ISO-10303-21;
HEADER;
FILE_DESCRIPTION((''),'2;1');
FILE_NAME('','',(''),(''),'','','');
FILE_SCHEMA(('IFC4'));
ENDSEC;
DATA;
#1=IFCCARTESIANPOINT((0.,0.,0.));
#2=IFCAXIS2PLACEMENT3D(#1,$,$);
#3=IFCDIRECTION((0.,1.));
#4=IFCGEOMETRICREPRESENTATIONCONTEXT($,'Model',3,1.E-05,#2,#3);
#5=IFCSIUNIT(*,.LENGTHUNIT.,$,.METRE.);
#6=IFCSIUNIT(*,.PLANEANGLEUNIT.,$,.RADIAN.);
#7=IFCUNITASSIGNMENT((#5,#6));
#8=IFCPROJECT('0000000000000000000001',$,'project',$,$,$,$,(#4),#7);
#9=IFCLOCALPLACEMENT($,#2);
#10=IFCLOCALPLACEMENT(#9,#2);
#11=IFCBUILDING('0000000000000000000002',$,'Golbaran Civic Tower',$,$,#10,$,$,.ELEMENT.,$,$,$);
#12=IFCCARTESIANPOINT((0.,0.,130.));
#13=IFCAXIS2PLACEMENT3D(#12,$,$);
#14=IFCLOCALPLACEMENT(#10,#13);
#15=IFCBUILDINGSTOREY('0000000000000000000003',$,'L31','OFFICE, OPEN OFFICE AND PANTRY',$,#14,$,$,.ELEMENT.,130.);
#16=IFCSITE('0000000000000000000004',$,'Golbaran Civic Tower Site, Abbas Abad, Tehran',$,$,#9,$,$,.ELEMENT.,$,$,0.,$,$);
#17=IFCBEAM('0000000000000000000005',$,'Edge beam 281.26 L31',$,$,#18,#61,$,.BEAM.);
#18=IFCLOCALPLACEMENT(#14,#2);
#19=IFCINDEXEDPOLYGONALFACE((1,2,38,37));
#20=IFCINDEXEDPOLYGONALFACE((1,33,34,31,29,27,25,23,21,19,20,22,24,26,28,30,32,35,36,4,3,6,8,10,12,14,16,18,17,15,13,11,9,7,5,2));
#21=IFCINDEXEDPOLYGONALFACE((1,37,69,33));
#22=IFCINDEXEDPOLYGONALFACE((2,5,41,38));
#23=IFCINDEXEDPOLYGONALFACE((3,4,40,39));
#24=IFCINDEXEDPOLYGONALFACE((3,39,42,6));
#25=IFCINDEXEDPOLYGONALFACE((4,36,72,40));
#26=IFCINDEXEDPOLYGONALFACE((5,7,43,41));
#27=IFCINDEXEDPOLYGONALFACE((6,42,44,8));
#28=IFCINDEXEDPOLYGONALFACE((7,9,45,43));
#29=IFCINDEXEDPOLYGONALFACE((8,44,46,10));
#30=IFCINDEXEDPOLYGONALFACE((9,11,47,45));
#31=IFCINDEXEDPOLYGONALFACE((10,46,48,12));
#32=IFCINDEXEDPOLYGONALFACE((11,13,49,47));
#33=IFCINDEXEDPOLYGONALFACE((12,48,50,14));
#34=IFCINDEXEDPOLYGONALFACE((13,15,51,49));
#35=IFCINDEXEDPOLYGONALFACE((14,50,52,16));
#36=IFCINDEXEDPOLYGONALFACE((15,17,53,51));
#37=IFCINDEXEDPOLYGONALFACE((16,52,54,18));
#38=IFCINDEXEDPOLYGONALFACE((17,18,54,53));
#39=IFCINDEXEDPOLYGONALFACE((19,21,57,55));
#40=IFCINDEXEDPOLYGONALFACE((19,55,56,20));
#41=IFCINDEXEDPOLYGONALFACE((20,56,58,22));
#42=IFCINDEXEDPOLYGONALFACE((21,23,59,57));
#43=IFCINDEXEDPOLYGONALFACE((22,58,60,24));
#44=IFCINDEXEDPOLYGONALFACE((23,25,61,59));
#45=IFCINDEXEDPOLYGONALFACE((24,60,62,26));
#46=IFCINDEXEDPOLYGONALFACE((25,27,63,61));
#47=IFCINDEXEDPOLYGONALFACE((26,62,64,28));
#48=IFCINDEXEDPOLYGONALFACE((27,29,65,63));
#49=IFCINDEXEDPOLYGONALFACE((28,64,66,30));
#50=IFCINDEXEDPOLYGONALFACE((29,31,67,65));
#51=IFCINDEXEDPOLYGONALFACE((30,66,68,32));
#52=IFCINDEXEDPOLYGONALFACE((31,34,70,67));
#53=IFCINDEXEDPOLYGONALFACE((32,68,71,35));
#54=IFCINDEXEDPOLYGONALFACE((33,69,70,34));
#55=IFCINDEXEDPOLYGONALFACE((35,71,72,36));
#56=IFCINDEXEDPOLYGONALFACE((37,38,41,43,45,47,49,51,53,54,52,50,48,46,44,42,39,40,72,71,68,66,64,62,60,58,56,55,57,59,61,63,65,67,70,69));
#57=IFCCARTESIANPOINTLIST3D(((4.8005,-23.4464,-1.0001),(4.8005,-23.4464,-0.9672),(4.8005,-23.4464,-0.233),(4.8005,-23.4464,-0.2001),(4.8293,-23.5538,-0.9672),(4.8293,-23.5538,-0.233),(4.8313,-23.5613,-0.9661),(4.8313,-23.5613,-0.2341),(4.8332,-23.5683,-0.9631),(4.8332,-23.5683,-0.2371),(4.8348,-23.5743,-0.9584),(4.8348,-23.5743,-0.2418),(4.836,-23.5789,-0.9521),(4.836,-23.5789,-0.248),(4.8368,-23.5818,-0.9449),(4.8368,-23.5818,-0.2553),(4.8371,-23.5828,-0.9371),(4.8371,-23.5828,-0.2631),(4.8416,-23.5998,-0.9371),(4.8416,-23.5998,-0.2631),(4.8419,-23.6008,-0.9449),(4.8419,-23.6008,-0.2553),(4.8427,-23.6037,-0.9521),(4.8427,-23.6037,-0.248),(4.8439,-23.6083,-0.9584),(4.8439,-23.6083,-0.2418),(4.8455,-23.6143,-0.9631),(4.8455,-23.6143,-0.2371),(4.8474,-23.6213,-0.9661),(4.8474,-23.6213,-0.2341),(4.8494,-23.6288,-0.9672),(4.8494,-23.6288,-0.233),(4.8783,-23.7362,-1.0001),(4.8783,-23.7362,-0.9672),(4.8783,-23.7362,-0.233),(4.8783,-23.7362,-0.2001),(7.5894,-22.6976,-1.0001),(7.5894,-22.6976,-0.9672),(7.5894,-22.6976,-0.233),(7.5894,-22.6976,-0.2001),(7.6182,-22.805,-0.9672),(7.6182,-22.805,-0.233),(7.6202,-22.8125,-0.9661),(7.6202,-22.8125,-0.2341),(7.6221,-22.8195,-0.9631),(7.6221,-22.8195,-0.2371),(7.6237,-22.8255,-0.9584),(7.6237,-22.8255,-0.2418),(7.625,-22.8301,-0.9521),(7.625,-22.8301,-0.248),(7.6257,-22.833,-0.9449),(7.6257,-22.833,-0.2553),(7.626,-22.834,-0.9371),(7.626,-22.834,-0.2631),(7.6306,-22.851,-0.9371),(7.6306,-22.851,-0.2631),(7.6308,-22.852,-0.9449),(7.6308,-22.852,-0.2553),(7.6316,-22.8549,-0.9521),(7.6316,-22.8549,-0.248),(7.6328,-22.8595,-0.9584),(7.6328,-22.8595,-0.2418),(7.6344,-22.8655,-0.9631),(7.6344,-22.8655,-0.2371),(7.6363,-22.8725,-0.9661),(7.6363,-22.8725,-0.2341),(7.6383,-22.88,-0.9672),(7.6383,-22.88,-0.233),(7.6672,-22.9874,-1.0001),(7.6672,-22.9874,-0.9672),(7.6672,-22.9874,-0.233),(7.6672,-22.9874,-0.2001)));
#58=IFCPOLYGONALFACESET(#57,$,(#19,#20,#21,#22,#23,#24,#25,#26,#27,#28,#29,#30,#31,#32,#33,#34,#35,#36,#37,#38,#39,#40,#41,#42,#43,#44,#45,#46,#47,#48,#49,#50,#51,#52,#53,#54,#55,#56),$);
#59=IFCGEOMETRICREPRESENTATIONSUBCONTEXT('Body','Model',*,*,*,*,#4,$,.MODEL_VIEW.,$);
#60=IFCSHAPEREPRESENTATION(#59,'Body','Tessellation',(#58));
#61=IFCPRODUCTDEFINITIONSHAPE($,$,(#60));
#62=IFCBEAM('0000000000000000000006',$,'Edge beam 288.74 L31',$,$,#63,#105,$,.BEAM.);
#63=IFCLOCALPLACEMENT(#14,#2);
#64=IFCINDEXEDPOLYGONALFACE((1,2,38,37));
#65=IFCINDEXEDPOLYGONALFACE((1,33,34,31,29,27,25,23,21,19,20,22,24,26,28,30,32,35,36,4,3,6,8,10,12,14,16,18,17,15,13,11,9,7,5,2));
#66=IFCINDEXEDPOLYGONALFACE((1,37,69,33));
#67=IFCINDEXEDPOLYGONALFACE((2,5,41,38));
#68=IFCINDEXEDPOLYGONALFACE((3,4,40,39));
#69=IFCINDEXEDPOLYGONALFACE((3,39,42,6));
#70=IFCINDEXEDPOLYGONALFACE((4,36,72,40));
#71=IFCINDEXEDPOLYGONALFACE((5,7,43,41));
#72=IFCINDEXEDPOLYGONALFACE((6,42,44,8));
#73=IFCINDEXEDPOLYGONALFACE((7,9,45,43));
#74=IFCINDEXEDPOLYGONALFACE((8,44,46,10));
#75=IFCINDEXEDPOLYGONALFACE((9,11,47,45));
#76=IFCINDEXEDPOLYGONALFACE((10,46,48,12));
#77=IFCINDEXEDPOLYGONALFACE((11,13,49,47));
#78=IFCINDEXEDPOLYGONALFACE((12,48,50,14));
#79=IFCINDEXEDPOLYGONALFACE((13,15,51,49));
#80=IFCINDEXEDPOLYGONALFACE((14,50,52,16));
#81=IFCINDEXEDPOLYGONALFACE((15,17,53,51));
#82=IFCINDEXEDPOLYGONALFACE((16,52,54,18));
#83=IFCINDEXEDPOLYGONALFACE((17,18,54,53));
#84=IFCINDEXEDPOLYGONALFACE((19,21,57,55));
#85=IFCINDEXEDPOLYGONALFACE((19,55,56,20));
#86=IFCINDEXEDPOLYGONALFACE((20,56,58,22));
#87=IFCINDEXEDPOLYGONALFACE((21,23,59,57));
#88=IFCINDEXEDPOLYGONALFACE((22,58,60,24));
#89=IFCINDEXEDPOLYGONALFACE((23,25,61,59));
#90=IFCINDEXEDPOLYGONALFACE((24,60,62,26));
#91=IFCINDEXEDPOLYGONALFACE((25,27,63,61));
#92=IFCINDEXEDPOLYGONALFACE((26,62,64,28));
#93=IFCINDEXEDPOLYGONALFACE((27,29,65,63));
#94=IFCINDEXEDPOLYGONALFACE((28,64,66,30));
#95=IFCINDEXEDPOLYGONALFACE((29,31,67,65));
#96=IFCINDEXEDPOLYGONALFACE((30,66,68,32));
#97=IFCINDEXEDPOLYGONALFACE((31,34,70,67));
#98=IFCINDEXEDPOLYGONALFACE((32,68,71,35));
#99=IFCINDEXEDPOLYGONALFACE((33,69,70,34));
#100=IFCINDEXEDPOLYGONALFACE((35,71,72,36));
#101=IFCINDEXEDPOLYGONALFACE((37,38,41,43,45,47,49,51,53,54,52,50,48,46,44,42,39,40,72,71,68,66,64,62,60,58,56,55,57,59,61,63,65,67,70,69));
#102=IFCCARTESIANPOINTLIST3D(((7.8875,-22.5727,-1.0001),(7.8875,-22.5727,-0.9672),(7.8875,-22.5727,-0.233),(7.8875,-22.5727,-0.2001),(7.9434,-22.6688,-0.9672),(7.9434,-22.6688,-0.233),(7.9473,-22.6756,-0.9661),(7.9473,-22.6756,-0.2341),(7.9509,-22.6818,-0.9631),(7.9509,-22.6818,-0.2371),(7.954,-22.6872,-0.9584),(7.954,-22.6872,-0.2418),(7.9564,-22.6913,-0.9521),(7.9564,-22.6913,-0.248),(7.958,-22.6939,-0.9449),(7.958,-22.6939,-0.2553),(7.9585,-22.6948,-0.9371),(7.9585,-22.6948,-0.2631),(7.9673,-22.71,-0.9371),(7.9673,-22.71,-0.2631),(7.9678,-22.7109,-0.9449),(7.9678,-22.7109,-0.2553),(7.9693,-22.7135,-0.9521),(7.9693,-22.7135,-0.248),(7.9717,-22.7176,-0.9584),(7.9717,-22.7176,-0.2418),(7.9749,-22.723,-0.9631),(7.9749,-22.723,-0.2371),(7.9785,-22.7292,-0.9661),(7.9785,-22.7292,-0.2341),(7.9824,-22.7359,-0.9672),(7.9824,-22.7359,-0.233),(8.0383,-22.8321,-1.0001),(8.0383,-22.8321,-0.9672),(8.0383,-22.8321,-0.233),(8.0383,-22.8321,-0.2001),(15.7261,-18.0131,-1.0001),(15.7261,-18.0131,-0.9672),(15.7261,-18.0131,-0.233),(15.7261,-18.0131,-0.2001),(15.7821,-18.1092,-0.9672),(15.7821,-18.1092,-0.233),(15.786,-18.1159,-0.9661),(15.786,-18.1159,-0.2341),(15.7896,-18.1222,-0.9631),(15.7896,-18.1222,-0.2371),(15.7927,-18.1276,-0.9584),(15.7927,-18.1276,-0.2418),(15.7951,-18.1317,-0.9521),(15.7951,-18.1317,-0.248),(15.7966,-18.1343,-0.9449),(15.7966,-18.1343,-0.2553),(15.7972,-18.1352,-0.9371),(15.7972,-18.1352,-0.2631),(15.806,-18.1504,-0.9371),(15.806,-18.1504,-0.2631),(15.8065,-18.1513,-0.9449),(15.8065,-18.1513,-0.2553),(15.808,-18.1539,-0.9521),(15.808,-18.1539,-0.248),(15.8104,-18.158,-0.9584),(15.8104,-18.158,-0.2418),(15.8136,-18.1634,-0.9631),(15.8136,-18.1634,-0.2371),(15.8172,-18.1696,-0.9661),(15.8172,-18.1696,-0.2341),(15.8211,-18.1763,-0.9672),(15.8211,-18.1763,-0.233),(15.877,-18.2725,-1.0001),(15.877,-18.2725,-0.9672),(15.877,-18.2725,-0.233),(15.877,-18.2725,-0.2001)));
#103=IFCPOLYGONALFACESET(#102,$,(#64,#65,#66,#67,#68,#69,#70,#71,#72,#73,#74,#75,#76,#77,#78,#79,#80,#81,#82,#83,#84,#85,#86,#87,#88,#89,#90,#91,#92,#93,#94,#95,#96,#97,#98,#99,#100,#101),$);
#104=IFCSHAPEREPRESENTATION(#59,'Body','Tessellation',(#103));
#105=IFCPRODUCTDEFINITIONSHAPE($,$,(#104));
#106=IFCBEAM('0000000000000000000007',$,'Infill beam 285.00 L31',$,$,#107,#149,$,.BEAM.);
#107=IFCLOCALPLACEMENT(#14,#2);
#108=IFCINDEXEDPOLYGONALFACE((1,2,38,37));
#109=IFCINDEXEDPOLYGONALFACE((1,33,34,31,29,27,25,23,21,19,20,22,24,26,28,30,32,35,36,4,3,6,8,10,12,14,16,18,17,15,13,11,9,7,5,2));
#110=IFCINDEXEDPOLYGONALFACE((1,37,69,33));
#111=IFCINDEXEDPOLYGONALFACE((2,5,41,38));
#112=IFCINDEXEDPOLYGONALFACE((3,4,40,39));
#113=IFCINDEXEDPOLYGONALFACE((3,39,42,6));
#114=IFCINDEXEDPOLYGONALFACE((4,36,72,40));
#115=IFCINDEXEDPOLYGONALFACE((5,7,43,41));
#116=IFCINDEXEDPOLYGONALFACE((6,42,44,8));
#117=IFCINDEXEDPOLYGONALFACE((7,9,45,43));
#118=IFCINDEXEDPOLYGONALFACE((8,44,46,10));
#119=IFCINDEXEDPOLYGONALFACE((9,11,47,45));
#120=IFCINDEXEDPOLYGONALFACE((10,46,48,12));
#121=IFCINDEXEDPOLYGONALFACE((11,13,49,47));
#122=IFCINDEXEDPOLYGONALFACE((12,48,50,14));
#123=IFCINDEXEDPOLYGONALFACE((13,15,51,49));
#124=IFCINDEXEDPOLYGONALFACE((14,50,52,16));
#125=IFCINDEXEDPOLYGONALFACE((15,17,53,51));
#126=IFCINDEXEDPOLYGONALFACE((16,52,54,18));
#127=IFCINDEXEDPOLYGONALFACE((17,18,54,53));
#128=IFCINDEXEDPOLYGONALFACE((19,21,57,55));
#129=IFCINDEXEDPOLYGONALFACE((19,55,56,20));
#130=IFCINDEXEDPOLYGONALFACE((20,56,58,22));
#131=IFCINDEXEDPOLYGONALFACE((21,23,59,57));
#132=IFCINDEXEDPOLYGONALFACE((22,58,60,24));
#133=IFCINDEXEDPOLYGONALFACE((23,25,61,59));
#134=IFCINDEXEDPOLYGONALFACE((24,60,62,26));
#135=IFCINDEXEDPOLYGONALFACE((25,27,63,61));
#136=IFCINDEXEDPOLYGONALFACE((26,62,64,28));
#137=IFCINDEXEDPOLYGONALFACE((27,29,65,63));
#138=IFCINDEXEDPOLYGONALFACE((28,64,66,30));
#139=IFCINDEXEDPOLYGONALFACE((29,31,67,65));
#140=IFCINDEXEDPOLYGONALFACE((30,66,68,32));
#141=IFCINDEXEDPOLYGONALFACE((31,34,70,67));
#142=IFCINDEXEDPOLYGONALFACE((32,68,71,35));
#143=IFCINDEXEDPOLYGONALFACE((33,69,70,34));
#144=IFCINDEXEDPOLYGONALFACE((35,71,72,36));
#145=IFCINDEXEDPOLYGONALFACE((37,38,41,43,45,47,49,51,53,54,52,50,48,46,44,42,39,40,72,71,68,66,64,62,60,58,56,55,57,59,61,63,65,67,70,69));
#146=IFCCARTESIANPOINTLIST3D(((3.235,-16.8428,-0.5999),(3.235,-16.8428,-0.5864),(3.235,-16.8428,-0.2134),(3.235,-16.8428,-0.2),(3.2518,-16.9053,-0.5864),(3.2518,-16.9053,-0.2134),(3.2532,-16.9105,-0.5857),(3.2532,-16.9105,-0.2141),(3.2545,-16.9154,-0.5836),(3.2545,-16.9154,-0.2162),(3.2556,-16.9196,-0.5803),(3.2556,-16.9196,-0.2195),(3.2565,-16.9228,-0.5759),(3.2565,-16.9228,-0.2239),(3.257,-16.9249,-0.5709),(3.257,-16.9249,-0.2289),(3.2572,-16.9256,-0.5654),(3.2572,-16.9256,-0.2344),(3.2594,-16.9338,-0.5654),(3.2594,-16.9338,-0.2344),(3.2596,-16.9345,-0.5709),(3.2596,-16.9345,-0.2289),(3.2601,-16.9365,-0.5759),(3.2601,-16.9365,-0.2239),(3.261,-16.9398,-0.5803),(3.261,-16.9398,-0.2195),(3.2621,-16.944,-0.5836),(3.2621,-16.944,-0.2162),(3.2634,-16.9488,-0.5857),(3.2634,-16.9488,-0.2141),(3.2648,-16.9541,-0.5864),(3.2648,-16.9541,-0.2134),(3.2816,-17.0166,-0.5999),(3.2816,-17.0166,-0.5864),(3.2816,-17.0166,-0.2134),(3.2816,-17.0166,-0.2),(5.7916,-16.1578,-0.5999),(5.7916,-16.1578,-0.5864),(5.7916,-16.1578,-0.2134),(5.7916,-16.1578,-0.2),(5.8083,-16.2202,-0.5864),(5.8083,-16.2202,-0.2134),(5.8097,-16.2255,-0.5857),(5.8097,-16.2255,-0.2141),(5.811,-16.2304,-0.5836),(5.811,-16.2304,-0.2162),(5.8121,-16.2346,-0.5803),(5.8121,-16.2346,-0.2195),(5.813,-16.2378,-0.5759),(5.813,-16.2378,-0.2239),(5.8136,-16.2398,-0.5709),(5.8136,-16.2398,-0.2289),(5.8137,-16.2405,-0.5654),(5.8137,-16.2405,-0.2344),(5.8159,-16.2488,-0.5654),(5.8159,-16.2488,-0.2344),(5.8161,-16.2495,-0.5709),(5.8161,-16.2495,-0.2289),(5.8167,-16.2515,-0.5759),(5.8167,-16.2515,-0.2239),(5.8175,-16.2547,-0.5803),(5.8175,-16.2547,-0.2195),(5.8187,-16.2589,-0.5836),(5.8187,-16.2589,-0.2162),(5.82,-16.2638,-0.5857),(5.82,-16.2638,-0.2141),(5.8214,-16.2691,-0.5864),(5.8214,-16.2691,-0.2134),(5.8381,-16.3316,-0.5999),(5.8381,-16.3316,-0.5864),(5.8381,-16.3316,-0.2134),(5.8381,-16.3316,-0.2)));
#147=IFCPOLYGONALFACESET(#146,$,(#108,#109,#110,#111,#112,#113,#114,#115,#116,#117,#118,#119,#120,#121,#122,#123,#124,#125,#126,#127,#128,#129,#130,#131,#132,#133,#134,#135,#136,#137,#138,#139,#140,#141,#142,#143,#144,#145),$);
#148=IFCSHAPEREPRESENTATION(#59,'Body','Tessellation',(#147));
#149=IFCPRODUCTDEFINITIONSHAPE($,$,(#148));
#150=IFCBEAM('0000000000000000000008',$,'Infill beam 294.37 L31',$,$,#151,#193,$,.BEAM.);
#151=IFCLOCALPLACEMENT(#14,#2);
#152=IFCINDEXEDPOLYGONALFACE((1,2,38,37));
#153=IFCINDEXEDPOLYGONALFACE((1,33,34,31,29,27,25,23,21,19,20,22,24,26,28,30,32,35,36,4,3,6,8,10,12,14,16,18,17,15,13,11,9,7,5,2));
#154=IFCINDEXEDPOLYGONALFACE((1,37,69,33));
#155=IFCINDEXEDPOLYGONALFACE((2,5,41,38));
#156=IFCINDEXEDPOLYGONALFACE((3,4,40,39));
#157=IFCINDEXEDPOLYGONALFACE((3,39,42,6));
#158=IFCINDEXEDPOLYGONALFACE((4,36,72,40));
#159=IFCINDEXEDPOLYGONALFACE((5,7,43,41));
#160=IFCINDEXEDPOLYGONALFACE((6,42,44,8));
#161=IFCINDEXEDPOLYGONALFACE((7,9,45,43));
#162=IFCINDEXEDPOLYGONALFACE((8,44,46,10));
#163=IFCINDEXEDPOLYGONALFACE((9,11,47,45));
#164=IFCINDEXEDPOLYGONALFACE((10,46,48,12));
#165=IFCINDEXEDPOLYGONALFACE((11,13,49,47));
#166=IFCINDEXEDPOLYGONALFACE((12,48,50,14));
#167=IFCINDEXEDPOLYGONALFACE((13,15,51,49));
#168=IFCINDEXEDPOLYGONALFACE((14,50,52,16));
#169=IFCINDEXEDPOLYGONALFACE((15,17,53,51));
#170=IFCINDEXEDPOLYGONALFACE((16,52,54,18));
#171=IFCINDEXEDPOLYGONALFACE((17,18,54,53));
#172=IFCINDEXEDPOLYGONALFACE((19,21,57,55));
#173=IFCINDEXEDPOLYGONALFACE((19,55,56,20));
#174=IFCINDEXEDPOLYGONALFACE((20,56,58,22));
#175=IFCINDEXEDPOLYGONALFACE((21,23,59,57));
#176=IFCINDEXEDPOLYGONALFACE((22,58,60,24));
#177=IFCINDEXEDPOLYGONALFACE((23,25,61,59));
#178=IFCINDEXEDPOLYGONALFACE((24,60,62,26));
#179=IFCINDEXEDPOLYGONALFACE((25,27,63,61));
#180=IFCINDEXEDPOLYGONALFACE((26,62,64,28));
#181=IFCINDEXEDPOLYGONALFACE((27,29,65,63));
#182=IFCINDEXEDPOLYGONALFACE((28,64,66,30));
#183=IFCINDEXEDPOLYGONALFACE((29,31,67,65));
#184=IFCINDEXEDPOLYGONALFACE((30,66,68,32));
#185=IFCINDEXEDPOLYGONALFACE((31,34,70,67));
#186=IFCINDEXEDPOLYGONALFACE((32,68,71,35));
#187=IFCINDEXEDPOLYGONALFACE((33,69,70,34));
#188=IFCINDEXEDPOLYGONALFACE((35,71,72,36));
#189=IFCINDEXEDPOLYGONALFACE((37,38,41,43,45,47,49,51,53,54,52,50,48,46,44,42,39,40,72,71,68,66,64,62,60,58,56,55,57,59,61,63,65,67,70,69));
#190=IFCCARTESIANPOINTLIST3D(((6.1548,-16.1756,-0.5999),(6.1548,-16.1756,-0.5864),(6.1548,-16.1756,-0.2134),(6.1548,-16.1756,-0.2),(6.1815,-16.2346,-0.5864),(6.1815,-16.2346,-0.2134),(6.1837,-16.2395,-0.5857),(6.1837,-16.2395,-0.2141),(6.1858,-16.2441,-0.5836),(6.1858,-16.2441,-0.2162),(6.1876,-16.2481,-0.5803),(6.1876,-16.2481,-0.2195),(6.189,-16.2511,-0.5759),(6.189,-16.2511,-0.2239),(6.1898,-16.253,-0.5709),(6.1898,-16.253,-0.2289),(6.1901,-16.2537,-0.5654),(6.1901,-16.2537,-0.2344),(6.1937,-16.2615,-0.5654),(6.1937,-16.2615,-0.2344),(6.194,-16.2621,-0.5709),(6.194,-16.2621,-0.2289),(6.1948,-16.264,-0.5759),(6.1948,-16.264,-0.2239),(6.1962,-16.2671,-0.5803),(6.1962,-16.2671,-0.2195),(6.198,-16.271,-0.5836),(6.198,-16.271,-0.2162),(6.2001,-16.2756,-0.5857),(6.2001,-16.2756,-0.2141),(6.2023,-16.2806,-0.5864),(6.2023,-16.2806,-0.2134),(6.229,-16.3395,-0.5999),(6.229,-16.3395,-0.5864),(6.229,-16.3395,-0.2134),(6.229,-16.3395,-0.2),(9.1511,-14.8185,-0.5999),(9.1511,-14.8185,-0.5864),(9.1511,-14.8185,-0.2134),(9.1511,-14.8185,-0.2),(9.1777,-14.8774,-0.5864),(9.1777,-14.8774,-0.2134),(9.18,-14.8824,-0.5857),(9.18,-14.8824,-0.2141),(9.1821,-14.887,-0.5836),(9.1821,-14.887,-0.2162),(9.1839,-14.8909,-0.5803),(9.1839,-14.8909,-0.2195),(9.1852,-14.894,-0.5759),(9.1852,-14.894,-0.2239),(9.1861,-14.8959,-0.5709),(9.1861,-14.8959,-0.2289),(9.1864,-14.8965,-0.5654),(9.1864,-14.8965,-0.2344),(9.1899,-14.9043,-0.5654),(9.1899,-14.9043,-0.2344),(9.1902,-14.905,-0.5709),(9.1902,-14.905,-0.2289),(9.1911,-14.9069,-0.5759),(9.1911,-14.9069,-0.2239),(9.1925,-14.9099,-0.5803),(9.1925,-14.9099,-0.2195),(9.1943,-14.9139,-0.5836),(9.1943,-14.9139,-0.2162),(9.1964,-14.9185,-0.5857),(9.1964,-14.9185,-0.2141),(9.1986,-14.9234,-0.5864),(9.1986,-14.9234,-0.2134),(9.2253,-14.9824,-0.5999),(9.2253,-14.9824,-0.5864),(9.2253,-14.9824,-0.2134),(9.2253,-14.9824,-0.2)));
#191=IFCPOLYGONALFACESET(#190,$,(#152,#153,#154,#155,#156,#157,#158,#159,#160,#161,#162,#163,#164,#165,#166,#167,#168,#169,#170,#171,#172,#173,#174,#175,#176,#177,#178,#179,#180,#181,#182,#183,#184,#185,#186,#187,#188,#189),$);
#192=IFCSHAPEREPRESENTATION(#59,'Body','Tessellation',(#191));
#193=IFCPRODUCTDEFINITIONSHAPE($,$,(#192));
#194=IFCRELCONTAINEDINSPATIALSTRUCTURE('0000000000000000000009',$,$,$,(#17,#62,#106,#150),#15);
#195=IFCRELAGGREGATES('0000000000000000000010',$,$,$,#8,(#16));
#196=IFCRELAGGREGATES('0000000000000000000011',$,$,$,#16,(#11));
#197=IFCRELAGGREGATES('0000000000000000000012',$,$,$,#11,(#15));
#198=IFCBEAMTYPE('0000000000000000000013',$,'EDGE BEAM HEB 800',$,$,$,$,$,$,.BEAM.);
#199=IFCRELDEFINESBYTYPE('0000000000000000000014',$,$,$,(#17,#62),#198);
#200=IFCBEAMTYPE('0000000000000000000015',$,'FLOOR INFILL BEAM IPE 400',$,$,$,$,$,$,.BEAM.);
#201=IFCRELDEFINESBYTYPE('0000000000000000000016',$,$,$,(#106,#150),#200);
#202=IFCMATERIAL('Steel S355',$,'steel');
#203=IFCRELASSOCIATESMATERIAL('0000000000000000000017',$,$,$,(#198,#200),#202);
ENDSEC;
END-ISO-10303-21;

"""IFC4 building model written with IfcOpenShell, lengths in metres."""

from ifc_helpers import new_model, si_unit, direction, frame, origin, origin_2d, place, context, subcontext, project, spatial, i_section, extrude, material, material_profile, profile_set, type_object, element, save


model = new_model("IFC4")

# Units and contexts
model_context = context("Model", 3, precision=1e-05, world=origin(), true_north=direction((0.0, 1.0)))
body_context = subcontext(model_context, "Body", "Model", "MODEL_VIEW")
ifc_project = project(units=[si_unit("LENGTHUNIT", "METRE"), si_unit("PLANEANGLEUNIT", "RADIAN")], contexts=[model_context])

# Site, building, storey
site_placement = place(None, origin())
site = spatial("IfcSite", under=ifc_project, at=site_placement, Name="Golbaran Civic Tower Site, Abbas Abad, Tehran", CompositionType="ELEMENT", RefElevation=0.0)
building_placement = place(site_placement, origin())
building = spatial("IfcBuilding", under=site, at=building_placement, Name="Golbaran Civic Tower", CompositionType="ELEMENT")
storey_placement = place(building_placement, frame((0.0, 0.0, 130.0)))
storey = spatial("IfcBuildingStorey", under=building, at=storey_placement, Name="L31", Description="OFFICE, OPEN OFFICE AND PANTRY", CompositionType="ELEMENT", Elevation=130.0)

# Beams
ifc_material_1 = material(Name="Steel S355", Category="steel")
ifc_material_profile_1 = material_profile(ifc_material_1, i_section(OverallWidth=0.3, OverallDepth=0.8, WebThickness=0.0176, FlangeThickness=0.033, FilletRadius=0.03, at=origin_2d()), Name="HEB 800")
ifc_profile_set_1 = profile_set([ifc_material_profile_1], Name="Steel S355")
beam_type_1 = type_object("IfcBeamType", Name="EDGE BEAM HEB 800", PredefinedType="BEAM", material=ifc_profile_set_1)
beam_1_placement = place(storey_placement, frame((4.8394, -23.5913, -0.6001), z_axis=(0.965794, 0.259309, 0.0), x_axis=(-0.259309, 0.965794, 0.0)))
element("IfcBeam", 1, at=beam_1_placement, inside=storey, type_object=beam_type_1, Name="Edge beam 281.26 L31", PredefinedType="BEAM", context=body_context, shape_type="SweptSolid", body=[
    extrude(i_section(OverallWidth=0.3, OverallDepth=0.8, WebThickness=0.0176, FlangeThickness=0.033, FilletRadius=0.03, at=origin_2d()), origin(), (0.0, 0.0, 1.0), 2.8877),
])
beam_2_placement = place(storey_placement, frame((7.9629, -22.7024, -0.6001), z_axis=(0.8644, 0.502804, 0.0), x_axis=(-0.502804, 0.8644, 0.0)))
element("IfcBeam", 2, at=beam_2_placement, inside=storey, type_object=beam_type_1, Name="Edge beam 288.74 L31", PredefinedType="BEAM", context=body_context, shape_type="SweptSolid", body=[
    extrude(i_section(OverallWidth=0.3, OverallDepth=0.8, WebThickness=0.0176, FlangeThickness=0.033, FilletRadius=0.03, at=origin_2d()), origin(), (0.0, 0.0, 1.0), 9.0684),
])
ifc_material_profile_2 = material_profile(ifc_material_1, i_section(OverallWidth=0.1799, OverallDepth=0.3999, WebThickness=0.0085, FlangeThickness=0.0134, FilletRadius=0.021, at=origin_2d()), Name="IPE 400")
ifc_profile_set_2 = profile_set([ifc_material_profile_2], Name="Steel S355")
beam_type_2 = type_object("IfcBeamType", Name="FLOOR INFILL BEAM IPE 400", PredefinedType="BEAM", material=ifc_profile_set_2)
beam_3_placement = place(storey_placement, frame((3.2583, -16.9297, -0.3999), z_axis=(0.965925, 0.258822, 0.0), x_axis=(-0.258822, 0.965925, 0.0)))
element("IfcBeam", 3, at=beam_3_placement, inside=storey, type_object=beam_type_2, Name="Infill beam 285.00 L31", PredefinedType="BEAM", context=body_context, shape_type="SweptSolid", body=[
    extrude(i_section(OverallWidth=0.1799, OverallDepth=0.3999, WebThickness=0.0085, FlangeThickness=0.0134, FilletRadius=0.021, at=origin_2d()), origin(), (0.0, 0.0, 1.0), 2.6467),
])
beam_4_placement = place(storey_placement, frame((6.1919, -16.2576, -0.3999), z_axis=(0.910915, 0.412595, 0.0), x_axis=(-0.412595, 0.910915, 0.0)))
element("IfcBeam", 4, at=beam_4_placement, inside=storey, type_object=beam_type_2, Name="Infill beam 294.37 L31", PredefinedType="BEAM", context=body_context, shape_type="SweptSolid", body=[
    extrude(i_section(OverallWidth=0.1799, OverallDepth=0.3999, WebThickness=0.0085, FlangeThickness=0.0134, FilletRadius=0.021, at=origin_2d()), origin(), (0.0, 0.0, 1.0), 3.2893),
])

save(model, "model.ifc")
